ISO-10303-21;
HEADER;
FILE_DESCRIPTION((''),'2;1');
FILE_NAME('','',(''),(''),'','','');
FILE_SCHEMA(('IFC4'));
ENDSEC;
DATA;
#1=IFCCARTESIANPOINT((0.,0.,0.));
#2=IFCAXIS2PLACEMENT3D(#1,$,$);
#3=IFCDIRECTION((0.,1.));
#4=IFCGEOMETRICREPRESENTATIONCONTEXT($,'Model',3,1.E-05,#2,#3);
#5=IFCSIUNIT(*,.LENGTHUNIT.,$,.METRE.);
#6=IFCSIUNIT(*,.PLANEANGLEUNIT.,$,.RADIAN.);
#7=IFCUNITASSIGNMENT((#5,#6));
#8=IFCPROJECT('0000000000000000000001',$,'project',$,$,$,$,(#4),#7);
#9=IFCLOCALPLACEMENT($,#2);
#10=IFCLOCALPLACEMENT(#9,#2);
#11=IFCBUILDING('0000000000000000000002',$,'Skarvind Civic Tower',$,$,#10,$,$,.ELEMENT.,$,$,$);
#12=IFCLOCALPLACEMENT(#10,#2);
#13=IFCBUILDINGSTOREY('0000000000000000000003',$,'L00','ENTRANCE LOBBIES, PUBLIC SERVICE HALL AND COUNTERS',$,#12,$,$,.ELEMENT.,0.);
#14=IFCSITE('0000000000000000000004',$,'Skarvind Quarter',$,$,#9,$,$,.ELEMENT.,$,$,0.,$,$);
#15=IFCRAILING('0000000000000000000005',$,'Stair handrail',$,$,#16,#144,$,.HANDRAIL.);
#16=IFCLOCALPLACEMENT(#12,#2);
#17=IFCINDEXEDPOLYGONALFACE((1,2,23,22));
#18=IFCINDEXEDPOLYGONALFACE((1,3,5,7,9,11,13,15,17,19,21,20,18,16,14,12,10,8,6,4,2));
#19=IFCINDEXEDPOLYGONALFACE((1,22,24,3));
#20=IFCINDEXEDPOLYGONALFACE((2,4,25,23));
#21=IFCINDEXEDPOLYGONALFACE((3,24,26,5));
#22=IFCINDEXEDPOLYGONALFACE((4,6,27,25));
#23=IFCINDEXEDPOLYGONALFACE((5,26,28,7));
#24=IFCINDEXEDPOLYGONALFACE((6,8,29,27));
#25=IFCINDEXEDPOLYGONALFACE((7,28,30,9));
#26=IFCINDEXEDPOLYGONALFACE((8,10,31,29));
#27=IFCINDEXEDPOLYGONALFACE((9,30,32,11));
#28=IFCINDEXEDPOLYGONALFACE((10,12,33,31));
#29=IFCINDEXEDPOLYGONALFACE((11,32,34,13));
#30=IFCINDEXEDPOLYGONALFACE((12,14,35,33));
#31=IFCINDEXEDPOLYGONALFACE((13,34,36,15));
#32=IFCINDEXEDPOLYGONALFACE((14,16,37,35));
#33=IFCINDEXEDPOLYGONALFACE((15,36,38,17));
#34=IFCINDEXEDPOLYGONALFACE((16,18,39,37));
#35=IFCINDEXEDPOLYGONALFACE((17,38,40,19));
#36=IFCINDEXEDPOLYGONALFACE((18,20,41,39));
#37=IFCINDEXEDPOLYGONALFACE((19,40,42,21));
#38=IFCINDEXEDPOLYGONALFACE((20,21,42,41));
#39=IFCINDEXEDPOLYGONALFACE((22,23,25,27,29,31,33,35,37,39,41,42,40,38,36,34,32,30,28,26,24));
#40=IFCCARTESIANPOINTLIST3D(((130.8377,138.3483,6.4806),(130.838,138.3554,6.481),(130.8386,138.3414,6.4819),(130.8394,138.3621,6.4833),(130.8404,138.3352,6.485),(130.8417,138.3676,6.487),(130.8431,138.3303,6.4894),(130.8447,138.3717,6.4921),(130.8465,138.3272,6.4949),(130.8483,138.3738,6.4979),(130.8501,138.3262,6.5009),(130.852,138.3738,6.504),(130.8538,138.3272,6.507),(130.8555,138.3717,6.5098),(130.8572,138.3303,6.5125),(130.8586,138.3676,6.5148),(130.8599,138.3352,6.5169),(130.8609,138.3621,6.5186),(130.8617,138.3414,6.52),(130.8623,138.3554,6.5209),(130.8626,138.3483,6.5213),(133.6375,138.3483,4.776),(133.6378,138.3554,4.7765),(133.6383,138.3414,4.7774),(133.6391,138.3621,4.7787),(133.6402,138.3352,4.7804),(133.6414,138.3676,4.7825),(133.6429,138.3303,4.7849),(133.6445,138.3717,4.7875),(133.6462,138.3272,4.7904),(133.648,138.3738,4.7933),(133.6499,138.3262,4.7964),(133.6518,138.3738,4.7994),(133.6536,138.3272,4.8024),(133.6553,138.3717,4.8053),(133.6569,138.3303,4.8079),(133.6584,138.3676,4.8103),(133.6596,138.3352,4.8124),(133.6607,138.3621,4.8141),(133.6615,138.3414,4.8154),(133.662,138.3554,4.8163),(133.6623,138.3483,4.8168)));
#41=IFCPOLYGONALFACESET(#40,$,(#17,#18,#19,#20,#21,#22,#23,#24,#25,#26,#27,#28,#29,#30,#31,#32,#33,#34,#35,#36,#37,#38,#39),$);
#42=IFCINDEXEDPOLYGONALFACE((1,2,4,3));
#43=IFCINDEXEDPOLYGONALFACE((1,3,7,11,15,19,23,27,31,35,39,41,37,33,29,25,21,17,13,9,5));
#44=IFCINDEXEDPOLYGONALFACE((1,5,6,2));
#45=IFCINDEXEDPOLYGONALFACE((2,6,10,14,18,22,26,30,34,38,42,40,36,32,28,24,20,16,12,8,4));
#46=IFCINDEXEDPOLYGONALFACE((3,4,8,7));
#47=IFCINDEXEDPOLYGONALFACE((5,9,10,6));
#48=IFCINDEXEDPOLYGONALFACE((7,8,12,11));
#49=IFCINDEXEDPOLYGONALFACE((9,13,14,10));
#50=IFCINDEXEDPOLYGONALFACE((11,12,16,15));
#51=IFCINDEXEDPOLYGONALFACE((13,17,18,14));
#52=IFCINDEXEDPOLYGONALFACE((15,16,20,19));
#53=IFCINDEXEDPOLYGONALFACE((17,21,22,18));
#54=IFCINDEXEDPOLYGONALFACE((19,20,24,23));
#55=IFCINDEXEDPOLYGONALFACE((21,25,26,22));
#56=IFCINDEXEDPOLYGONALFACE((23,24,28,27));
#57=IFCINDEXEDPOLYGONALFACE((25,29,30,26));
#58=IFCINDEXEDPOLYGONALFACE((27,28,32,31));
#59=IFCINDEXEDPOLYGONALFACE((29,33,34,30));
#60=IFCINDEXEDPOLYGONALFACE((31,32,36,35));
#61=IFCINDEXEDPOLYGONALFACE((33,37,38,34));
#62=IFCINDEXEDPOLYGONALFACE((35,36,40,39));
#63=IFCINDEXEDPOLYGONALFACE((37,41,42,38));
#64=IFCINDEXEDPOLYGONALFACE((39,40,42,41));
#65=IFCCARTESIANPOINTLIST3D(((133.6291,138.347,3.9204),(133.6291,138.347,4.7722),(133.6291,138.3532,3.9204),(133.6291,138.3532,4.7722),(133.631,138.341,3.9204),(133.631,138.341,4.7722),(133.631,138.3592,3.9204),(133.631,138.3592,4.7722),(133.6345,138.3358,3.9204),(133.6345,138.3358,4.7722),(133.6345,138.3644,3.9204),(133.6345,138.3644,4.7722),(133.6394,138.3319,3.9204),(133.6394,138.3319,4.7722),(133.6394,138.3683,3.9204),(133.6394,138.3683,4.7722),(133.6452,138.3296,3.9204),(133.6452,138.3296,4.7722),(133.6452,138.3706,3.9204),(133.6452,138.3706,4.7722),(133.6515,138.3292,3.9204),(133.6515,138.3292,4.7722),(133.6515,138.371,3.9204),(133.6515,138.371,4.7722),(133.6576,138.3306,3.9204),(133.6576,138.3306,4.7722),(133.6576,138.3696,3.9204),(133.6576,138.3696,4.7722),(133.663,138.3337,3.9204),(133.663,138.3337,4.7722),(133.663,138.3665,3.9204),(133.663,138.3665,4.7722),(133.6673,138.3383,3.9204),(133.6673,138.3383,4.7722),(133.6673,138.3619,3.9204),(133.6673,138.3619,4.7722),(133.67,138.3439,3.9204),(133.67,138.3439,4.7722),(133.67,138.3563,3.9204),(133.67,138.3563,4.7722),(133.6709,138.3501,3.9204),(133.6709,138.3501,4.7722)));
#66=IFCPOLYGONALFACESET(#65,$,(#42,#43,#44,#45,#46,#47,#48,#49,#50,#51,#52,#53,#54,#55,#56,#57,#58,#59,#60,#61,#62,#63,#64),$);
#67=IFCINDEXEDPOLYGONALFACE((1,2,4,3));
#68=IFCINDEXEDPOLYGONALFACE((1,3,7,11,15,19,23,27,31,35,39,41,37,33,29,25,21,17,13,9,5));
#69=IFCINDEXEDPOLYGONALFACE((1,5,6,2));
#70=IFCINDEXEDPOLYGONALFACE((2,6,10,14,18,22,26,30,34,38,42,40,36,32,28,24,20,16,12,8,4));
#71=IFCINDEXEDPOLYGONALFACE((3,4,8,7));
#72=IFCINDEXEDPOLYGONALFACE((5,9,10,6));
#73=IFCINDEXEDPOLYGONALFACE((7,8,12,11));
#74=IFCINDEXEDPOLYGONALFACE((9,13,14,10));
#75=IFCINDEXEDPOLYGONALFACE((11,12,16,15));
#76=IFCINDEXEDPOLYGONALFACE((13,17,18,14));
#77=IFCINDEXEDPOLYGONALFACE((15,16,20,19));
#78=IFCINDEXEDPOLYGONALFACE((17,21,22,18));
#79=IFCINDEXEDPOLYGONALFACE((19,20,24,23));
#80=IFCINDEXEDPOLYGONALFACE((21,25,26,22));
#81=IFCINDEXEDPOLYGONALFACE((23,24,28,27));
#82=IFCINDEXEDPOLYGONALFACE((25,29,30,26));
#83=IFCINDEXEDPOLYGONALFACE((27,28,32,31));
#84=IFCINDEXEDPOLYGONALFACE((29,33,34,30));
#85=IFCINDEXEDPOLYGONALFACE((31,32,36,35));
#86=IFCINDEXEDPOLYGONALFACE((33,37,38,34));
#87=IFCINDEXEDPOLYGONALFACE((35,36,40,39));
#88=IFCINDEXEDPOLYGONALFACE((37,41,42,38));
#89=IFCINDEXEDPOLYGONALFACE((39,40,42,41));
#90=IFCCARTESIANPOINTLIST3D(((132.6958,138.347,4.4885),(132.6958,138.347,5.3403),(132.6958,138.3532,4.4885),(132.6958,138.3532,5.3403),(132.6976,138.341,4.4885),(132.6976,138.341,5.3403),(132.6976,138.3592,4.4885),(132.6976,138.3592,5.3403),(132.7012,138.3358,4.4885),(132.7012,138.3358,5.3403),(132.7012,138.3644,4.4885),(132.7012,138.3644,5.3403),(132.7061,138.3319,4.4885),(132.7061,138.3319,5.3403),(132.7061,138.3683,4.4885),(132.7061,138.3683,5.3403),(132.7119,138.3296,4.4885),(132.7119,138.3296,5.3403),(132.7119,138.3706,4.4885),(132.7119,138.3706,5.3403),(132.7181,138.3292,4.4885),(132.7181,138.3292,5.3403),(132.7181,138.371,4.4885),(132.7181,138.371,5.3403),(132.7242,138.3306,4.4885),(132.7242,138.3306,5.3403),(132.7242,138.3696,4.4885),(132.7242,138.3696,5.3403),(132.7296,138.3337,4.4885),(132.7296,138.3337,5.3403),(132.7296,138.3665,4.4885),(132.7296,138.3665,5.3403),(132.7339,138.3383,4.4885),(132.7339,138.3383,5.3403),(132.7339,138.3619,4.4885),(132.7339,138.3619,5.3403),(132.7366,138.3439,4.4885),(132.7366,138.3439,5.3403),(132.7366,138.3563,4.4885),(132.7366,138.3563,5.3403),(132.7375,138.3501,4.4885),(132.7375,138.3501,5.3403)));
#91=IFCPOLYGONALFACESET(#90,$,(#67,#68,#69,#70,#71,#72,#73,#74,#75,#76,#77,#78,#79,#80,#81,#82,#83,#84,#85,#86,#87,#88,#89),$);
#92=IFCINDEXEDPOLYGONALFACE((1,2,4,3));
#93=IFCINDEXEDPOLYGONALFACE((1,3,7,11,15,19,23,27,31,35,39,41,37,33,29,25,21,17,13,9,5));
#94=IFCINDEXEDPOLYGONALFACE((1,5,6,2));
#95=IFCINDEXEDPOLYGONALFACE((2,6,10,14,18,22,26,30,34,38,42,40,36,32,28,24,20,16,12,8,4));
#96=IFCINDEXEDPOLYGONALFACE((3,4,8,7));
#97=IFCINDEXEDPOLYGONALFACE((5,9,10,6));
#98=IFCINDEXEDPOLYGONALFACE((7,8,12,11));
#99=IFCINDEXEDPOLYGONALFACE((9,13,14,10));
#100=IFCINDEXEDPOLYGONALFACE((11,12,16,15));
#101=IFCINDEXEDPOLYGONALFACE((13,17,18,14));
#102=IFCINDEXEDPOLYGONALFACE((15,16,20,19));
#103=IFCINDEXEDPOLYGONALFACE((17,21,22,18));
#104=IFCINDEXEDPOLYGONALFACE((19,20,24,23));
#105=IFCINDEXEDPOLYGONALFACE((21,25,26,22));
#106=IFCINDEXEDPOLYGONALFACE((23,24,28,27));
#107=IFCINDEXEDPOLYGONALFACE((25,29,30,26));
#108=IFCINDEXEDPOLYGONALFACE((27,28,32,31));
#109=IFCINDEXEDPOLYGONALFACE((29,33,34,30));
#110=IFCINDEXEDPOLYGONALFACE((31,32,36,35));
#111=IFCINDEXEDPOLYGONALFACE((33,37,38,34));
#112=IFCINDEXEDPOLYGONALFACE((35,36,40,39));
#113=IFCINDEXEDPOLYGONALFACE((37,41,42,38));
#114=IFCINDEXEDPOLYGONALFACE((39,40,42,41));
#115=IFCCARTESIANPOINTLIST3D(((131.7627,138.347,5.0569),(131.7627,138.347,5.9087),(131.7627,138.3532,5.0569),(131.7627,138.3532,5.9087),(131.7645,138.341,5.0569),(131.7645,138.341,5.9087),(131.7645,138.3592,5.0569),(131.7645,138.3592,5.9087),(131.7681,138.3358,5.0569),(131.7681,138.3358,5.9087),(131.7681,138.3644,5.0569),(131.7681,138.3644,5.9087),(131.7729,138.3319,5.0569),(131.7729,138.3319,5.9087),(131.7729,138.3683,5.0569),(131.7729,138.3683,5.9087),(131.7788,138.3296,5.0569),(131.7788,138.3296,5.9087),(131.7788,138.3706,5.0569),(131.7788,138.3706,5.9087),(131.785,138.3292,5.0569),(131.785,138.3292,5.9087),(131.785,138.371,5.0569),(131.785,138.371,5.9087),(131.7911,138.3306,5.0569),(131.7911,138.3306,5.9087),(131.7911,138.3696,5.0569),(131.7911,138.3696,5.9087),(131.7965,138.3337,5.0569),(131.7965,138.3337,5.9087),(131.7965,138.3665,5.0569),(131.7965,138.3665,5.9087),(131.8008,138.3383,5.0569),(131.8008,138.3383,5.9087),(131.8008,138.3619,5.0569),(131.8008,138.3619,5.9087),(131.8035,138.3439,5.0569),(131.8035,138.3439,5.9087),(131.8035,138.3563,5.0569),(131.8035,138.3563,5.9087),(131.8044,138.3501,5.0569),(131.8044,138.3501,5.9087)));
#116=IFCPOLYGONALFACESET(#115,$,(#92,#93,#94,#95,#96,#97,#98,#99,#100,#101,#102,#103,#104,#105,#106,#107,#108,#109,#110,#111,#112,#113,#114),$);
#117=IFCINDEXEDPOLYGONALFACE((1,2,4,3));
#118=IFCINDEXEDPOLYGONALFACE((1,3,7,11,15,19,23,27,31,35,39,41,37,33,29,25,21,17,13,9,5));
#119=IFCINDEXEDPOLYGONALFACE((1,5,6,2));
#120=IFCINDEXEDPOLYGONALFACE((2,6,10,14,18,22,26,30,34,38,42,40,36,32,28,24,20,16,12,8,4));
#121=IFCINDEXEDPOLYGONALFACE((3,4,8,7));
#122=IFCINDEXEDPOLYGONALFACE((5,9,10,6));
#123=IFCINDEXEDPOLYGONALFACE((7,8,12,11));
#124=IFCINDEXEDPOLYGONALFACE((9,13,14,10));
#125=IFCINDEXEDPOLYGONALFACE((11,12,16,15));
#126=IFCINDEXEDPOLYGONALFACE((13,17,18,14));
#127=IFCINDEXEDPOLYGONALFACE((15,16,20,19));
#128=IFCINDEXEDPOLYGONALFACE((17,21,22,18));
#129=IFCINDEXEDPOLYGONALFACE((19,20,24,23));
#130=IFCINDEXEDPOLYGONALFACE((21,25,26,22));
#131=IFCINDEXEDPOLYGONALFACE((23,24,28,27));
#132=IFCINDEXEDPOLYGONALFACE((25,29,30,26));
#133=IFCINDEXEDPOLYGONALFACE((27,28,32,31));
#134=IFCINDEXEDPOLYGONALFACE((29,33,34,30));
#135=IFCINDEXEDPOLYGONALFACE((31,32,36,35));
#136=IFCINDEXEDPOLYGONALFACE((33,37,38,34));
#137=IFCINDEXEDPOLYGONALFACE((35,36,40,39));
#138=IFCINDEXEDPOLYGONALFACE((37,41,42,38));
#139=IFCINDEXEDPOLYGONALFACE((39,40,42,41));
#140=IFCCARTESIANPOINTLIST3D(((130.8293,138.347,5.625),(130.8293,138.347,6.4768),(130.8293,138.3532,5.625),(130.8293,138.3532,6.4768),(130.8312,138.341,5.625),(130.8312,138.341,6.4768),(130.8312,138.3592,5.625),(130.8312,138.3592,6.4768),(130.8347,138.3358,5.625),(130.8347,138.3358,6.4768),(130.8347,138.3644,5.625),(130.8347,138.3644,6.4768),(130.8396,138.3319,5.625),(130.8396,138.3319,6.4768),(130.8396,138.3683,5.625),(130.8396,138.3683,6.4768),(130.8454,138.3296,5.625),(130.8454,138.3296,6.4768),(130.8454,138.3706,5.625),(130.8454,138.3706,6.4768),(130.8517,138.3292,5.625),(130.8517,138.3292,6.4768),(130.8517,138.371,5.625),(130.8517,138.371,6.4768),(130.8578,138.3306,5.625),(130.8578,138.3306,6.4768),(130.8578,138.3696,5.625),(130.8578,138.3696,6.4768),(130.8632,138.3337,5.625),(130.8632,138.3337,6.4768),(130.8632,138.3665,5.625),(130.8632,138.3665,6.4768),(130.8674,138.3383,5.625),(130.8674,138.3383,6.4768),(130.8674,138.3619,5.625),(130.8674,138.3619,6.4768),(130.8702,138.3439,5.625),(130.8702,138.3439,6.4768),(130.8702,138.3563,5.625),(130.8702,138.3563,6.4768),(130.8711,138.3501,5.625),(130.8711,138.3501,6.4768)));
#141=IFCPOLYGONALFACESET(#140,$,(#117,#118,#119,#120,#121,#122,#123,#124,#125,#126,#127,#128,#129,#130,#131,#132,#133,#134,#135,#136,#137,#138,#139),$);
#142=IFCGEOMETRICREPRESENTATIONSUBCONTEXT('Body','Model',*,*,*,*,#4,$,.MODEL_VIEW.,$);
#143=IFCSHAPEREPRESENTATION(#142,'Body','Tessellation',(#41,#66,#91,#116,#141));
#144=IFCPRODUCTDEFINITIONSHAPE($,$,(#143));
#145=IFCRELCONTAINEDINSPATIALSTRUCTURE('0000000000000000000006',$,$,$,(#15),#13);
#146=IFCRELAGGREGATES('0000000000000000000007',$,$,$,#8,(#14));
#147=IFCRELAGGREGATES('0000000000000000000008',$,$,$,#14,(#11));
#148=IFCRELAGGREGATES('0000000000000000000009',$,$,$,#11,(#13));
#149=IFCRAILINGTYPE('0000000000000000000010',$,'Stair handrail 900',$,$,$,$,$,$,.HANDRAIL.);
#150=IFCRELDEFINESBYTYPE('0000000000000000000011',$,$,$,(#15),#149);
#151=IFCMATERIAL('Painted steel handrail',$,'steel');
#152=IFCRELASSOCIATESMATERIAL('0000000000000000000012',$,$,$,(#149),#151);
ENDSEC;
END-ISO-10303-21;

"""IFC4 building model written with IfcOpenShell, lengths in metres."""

from ifc_helpers import new_model, si_unit, direction, frame, origin, origin_2d, place, context, subcontext, project, spatial, circle, extrude, material, type_object, element, save


model = new_model("IFC4")

# Units and contexts
model_context = context("Model", 3, precision=1e-05, world=origin(), true_north=direction((0.0, 1.0)))
body_context = subcontext(model_context, "Body", "Model", "MODEL_VIEW")
ifc_project = project(units=[si_unit("LENGTHUNIT", "METRE"), si_unit("PLANEANGLEUNIT", "RADIAN")], contexts=[model_context])

# Site, building, storey
site_placement = place(None, origin())
site = spatial("IfcSite", under=ifc_project, at=site_placement, Name="Skarvind Quarter", CompositionType="ELEMENT", RefElevation=0.0)
building_placement = place(site_placement, origin())
building = spatial("IfcBuilding", under=site, at=building_placement, Name="Skarvind Civic Tower", CompositionType="ELEMENT")
storey_placement = place(building_placement, origin())
storey = spatial("IfcBuildingStorey", under=building, at=storey_placement, Name="L00", Description="ENTRANCE LOBBIES, PUBLIC SERVICE HALL AND COUNTERS", CompositionType="ELEMENT", Elevation=0.0)

# Railing
ifc_material_1 = material(Name="Painted steel handrail", Category="steel")
railing_type = type_object("IfcRailingType", Name="Stair handrail 900", PredefinedType="HANDRAIL", material=ifc_material_1)
for number, where, name in (
    (1, (133.6499, 138.3501, 3.9204), "Stair handrail"),
):
    element("IfcRailing", number, at=place(storey_placement, frame(where)), inside=storey, type_object=railing_type, Name=name, PredefinedType="HANDRAIL", context=body_context, shape_type="SweptSolid", body=[
        extrude(circle(Radius=0.0239, at=origin_2d()), frame((0.0, 0.0, 0.876), z_axis=(-0.85415, 0.0, 0.520027), x_axis=(0.0, -1.0, 0.0)), (0.0, 0.0, 1.0), 3.2778),
        extrude(circle(Radius=0.021, at=origin_2d()), origin(), (0.0, 0.0, 1.0), 0.8518),
        extrude(circle(Radius=0.021, at=origin_2d()), frame((-0.9333, 0.0, 0.5681)), (0.0, 0.0, 1.0), 0.8518),
        extrude(circle(Radius=0.021, at=origin_2d()), frame((-1.8665, 0.0, 1.1365)), (0.0, 0.0, 1.0), 0.8518),
        extrude(circle(Radius=0.021, at=origin_2d()), frame((-2.7998, 0.0, 1.7046)), (0.0, 0.0, 1.0), 0.8518),
    ])

save(model, "model.ifc")
